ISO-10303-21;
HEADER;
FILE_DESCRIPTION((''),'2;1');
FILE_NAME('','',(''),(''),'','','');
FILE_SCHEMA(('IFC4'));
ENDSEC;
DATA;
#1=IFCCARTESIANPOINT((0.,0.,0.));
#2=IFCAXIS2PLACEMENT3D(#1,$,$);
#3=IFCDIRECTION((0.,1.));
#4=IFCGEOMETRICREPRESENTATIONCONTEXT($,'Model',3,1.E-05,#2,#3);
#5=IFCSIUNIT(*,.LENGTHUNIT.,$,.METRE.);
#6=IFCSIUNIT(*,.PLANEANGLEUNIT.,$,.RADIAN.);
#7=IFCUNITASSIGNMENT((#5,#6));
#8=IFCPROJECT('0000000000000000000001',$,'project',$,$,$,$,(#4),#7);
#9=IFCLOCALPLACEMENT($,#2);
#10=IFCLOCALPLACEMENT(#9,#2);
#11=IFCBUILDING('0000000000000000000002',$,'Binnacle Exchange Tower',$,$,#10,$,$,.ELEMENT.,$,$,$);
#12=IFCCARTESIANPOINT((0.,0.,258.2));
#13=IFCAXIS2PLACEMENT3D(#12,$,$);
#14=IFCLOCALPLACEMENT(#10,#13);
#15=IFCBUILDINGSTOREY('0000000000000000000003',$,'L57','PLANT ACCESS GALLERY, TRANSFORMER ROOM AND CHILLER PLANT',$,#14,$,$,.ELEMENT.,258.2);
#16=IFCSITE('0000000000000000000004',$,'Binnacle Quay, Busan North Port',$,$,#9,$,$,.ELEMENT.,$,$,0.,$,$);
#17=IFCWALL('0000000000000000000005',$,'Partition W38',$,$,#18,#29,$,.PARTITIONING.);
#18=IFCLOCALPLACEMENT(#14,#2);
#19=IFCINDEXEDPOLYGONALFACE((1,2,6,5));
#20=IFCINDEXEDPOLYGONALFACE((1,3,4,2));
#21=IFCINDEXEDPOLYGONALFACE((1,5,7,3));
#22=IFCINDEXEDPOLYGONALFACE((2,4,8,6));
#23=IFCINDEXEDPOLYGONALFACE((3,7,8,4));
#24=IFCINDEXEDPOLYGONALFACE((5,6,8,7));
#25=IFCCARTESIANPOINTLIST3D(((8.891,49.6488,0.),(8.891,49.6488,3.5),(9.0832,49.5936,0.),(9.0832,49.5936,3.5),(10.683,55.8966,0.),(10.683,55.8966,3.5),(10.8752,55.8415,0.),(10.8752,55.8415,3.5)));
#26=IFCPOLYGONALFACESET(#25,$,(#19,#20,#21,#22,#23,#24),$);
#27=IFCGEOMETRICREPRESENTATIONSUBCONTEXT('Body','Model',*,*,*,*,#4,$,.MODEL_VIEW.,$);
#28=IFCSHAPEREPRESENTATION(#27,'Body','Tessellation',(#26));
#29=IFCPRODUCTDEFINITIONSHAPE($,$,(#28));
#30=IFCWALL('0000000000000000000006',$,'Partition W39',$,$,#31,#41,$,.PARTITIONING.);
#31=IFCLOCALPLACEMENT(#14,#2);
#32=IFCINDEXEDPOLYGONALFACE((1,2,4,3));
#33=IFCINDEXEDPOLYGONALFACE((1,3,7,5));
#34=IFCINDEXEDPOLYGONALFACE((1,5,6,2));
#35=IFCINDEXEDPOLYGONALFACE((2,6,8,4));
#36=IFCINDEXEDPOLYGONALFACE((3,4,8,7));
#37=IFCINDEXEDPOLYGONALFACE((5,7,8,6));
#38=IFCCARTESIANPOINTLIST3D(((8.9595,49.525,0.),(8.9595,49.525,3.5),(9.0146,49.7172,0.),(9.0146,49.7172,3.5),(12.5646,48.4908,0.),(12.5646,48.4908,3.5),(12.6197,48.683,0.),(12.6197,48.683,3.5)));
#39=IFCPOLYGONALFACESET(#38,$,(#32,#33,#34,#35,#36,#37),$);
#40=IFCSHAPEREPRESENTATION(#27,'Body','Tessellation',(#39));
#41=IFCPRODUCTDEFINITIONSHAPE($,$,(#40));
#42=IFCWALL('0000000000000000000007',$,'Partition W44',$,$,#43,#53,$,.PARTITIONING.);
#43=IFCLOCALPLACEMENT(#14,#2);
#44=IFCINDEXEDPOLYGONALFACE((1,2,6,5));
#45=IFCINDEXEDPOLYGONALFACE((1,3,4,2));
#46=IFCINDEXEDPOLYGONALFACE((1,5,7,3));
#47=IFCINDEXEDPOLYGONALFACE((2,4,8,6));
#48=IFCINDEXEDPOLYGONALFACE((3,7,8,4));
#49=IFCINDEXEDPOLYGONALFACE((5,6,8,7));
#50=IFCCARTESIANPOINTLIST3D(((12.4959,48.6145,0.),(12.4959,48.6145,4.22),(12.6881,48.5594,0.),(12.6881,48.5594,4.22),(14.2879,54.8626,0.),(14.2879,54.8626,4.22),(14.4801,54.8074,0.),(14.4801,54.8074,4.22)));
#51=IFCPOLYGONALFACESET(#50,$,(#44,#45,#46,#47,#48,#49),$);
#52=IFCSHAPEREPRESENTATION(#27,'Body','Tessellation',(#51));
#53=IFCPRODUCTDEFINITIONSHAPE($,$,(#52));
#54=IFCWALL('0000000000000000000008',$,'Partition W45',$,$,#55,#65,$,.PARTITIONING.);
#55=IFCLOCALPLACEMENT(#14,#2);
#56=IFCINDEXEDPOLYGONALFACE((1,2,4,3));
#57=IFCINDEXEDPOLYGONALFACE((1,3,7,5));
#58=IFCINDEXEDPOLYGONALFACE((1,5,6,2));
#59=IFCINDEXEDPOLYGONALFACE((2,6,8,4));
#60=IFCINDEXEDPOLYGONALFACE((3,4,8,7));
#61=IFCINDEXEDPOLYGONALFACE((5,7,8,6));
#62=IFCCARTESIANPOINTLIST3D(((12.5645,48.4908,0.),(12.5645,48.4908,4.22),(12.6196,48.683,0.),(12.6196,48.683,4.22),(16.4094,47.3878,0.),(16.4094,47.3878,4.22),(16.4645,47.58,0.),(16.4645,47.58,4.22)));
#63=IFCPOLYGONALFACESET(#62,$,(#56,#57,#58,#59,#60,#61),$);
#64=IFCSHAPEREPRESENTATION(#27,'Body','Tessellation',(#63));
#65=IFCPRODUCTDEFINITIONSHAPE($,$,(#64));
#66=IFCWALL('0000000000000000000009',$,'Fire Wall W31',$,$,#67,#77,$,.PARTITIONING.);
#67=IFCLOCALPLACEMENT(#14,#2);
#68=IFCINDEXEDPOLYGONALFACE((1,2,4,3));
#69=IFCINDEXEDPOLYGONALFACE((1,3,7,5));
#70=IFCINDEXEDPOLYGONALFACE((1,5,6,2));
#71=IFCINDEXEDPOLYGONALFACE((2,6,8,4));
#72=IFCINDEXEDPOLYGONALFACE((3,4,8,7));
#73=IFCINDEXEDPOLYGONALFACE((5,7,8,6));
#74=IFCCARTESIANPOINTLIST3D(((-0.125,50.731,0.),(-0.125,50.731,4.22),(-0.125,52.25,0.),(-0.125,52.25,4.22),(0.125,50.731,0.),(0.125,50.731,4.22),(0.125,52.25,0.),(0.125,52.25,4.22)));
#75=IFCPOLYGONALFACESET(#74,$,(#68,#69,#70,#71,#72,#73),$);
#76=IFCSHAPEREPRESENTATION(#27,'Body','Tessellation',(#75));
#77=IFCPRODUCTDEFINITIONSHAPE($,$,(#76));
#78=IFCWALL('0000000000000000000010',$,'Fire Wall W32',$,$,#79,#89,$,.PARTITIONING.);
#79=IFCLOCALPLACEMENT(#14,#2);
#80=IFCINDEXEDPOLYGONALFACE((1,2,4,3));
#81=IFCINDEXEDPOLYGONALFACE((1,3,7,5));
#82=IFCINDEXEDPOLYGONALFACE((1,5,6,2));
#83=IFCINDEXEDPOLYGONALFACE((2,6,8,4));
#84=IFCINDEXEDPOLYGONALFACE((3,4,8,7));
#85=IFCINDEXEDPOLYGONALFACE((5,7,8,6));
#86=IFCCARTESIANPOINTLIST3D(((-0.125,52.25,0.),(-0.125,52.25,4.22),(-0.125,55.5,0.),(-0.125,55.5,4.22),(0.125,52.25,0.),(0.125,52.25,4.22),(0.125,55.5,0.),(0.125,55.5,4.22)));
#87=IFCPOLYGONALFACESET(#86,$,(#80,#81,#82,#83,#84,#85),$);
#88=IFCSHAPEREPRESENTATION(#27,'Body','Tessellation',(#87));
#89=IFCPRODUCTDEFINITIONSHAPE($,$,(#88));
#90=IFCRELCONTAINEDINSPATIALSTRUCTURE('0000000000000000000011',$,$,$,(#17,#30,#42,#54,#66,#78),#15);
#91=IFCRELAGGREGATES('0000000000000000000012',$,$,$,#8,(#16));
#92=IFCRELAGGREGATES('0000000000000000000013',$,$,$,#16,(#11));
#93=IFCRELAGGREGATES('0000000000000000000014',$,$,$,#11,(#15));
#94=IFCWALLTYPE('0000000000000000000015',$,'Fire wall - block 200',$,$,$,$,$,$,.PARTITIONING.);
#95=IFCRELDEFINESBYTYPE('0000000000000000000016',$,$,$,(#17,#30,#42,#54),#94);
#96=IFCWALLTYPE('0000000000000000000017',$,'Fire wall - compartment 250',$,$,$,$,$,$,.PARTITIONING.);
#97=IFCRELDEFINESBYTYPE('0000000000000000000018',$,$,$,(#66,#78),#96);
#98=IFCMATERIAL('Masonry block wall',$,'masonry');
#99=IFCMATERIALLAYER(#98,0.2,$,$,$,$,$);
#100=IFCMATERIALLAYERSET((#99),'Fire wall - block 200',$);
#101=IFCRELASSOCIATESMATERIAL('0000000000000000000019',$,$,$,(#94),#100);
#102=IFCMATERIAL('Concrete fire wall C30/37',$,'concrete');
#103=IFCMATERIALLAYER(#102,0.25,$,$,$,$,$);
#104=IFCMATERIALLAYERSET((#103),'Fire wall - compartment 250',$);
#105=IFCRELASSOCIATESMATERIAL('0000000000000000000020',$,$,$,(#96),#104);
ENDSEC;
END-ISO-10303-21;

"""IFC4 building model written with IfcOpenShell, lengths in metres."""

from ifc_helpers import new_model, si_unit, direction, frame, frame_2d, origin, place, context, subcontext, project, spatial, rectangle, extrude, material, layer, layer_set, type_object, element, save


model = new_model("IFC4")

# Units and contexts
model_context = context("Model", 3, precision=1e-05, world=origin(), true_north=direction((0.0, 1.0)))
body_context = subcontext(model_context, "Body", "Model", "MODEL_VIEW")
ifc_project = project(units=[si_unit("LENGTHUNIT", "METRE"), si_unit("PLANEANGLEUNIT", "RADIAN")], contexts=[model_context])

# Site, building, storey
site_placement = place(None, origin())
site = spatial("IfcSite", under=ifc_project, at=site_placement, Name="Binnacle Quay, Busan North Port", CompositionType="ELEMENT", RefElevation=0.0)
building_placement = place(site_placement, origin())
building = spatial("IfcBuilding", under=site, at=building_placement, Name="Binnacle Exchange Tower", CompositionType="ELEMENT")
storey_placement = place(building_placement, frame((0.0, 0.0, 258.2)))
storey = spatial("IfcBuildingStorey", under=building, at=storey_placement, Name="L57", Description="PLANT ACCESS GALLERY, TRANSFORMER ROOM AND CHILLER PLANT", CompositionType="ELEMENT", Elevation=258.2)

# Walls
ifc_material_1 = material(Name="Masonry block wall", Category="masonry")
ifc_layer_1 = layer(ifc_material_1, 0.2)
ifc_layer_set_1 = layer_set([ifc_layer_1], Name="Fire wall - block 200")
wall_type_1 = type_object("IfcWallType", Name="Fire wall - block 200", PredefinedType="PARTITIONING", material=ifc_layer_set_1)
wall_1_placement = place(storey_placement, frame((8.9871, 49.6211, 0.0), z_axis=(0.0, 0.0, 1.0), x_axis=(0.275703, 0.961243, 0.0)))
element("IfcWall", 1, at=wall_1_placement, inside=storey, type_object=wall_type_1, Name="Partition W38", PredefinedType="PARTITIONING", context=body_context, shape_type="SweptSolid", body=[
    extrude(rectangle(XDim=6.4998, YDim=0.2, at=frame_2d((3.25, 0.0))), origin(), (0.0, 0.0, 1.0), 3.5),
])
wall_2_placement = place(storey_placement, frame((8.9871, 49.6211, 0.0), z_axis=(0.0, 0.0, 1.0), x_axis=(0.961229, -0.275753, 0.0)))
element("IfcWall", 2, at=wall_2_placement, inside=storey, type_object=wall_type_1, Name="Partition W39", PredefinedType="PARTITIONING", context=body_context, shape_type="SweptSolid", body=[
    extrude(rectangle(XDim=3.7505, YDim=0.2, at=frame_2d((1.8752, 0.0))), origin(), (0.0, 0.0, 1.0), 3.5),
])
wall_3_placement = place(storey_placement, frame((12.592, 48.5869, 0.0), z_axis=(0.0, 0.0, 1.0), x_axis=(0.275693, 0.961246, 0.0)))
element("IfcWall", 3, at=wall_3_placement, inside=storey, type_object=wall_type_1, Name="Partition W44", PredefinedType="PARTITIONING", context=body_context, shape_type="SweptSolid", body=[
    extrude(rectangle(XDim=6.5, YDim=0.2, at=frame_2d((3.25, 0.0))), origin(), (0.0, 0.0, 1.0), 4.22),
])
wall_4_placement = place(storey_placement, frame((12.592, 48.5869, 0.0), z_axis=(0.0, 0.0, 1.0), x_axis=(0.961229, -0.275753, 0.0)))
element("IfcWall", 4, at=wall_4_placement, inside=storey, type_object=wall_type_1, Name="Partition W45", PredefinedType="PARTITIONING", context=body_context, shape_type="SweptSolid", body=[
    extrude(rectangle(XDim=4.0, YDim=0.2, at=frame_2d((2.0, 0.0))), origin(), (0.0, 0.0, 1.0), 4.22),
])
ifc_material_2 = material(Name="Concrete fire wall C30/37", Category="concrete")
ifc_layer_2 = layer(ifc_material_2, 0.25)
ifc_layer_set_2 = layer_set([ifc_layer_2], Name="Fire wall - compartment 250")
wall_type_2 = type_object("IfcWallType", Name="Fire wall - compartment 250", PredefinedType="PARTITIONING", material=ifc_layer_set_2)
wall_5_placement = place(storey_placement, frame((0.0, 50.731, 0.0), z_axis=(0.0, 0.0, 1.0), x_axis=(0.0, 1.0, 0.0)))
element("IfcWall", 5, at=wall_5_placement, inside=storey, type_object=wall_type_2, Name="Fire Wall W31", PredefinedType="PARTITIONING", context=body_context, shape_type="SweptSolid", body=[
    extrude(rectangle(XDim=1.519, YDim=0.25, at=frame_2d((0.7595, 0.0))), origin(), (0.0, 0.0, 1.0), 4.22),
])
wall_6_placement = place(storey_placement, frame((0.0, 52.25, 0.0), z_axis=(0.0, 0.0, 1.0), x_axis=(0.0, 1.0, 0.0)))
element("IfcWall", 6, at=wall_6_placement, inside=storey, type_object=wall_type_2, Name="Fire Wall W32", PredefinedType="PARTITIONING", context=body_context, shape_type="SweptSolid", body=[
    extrude(rectangle(XDim=3.25, YDim=0.25, at=frame_2d((1.625, 0.0))), origin(), (0.0, 0.0, 1.0), 4.22),
])

save(model, "model.ifc")
